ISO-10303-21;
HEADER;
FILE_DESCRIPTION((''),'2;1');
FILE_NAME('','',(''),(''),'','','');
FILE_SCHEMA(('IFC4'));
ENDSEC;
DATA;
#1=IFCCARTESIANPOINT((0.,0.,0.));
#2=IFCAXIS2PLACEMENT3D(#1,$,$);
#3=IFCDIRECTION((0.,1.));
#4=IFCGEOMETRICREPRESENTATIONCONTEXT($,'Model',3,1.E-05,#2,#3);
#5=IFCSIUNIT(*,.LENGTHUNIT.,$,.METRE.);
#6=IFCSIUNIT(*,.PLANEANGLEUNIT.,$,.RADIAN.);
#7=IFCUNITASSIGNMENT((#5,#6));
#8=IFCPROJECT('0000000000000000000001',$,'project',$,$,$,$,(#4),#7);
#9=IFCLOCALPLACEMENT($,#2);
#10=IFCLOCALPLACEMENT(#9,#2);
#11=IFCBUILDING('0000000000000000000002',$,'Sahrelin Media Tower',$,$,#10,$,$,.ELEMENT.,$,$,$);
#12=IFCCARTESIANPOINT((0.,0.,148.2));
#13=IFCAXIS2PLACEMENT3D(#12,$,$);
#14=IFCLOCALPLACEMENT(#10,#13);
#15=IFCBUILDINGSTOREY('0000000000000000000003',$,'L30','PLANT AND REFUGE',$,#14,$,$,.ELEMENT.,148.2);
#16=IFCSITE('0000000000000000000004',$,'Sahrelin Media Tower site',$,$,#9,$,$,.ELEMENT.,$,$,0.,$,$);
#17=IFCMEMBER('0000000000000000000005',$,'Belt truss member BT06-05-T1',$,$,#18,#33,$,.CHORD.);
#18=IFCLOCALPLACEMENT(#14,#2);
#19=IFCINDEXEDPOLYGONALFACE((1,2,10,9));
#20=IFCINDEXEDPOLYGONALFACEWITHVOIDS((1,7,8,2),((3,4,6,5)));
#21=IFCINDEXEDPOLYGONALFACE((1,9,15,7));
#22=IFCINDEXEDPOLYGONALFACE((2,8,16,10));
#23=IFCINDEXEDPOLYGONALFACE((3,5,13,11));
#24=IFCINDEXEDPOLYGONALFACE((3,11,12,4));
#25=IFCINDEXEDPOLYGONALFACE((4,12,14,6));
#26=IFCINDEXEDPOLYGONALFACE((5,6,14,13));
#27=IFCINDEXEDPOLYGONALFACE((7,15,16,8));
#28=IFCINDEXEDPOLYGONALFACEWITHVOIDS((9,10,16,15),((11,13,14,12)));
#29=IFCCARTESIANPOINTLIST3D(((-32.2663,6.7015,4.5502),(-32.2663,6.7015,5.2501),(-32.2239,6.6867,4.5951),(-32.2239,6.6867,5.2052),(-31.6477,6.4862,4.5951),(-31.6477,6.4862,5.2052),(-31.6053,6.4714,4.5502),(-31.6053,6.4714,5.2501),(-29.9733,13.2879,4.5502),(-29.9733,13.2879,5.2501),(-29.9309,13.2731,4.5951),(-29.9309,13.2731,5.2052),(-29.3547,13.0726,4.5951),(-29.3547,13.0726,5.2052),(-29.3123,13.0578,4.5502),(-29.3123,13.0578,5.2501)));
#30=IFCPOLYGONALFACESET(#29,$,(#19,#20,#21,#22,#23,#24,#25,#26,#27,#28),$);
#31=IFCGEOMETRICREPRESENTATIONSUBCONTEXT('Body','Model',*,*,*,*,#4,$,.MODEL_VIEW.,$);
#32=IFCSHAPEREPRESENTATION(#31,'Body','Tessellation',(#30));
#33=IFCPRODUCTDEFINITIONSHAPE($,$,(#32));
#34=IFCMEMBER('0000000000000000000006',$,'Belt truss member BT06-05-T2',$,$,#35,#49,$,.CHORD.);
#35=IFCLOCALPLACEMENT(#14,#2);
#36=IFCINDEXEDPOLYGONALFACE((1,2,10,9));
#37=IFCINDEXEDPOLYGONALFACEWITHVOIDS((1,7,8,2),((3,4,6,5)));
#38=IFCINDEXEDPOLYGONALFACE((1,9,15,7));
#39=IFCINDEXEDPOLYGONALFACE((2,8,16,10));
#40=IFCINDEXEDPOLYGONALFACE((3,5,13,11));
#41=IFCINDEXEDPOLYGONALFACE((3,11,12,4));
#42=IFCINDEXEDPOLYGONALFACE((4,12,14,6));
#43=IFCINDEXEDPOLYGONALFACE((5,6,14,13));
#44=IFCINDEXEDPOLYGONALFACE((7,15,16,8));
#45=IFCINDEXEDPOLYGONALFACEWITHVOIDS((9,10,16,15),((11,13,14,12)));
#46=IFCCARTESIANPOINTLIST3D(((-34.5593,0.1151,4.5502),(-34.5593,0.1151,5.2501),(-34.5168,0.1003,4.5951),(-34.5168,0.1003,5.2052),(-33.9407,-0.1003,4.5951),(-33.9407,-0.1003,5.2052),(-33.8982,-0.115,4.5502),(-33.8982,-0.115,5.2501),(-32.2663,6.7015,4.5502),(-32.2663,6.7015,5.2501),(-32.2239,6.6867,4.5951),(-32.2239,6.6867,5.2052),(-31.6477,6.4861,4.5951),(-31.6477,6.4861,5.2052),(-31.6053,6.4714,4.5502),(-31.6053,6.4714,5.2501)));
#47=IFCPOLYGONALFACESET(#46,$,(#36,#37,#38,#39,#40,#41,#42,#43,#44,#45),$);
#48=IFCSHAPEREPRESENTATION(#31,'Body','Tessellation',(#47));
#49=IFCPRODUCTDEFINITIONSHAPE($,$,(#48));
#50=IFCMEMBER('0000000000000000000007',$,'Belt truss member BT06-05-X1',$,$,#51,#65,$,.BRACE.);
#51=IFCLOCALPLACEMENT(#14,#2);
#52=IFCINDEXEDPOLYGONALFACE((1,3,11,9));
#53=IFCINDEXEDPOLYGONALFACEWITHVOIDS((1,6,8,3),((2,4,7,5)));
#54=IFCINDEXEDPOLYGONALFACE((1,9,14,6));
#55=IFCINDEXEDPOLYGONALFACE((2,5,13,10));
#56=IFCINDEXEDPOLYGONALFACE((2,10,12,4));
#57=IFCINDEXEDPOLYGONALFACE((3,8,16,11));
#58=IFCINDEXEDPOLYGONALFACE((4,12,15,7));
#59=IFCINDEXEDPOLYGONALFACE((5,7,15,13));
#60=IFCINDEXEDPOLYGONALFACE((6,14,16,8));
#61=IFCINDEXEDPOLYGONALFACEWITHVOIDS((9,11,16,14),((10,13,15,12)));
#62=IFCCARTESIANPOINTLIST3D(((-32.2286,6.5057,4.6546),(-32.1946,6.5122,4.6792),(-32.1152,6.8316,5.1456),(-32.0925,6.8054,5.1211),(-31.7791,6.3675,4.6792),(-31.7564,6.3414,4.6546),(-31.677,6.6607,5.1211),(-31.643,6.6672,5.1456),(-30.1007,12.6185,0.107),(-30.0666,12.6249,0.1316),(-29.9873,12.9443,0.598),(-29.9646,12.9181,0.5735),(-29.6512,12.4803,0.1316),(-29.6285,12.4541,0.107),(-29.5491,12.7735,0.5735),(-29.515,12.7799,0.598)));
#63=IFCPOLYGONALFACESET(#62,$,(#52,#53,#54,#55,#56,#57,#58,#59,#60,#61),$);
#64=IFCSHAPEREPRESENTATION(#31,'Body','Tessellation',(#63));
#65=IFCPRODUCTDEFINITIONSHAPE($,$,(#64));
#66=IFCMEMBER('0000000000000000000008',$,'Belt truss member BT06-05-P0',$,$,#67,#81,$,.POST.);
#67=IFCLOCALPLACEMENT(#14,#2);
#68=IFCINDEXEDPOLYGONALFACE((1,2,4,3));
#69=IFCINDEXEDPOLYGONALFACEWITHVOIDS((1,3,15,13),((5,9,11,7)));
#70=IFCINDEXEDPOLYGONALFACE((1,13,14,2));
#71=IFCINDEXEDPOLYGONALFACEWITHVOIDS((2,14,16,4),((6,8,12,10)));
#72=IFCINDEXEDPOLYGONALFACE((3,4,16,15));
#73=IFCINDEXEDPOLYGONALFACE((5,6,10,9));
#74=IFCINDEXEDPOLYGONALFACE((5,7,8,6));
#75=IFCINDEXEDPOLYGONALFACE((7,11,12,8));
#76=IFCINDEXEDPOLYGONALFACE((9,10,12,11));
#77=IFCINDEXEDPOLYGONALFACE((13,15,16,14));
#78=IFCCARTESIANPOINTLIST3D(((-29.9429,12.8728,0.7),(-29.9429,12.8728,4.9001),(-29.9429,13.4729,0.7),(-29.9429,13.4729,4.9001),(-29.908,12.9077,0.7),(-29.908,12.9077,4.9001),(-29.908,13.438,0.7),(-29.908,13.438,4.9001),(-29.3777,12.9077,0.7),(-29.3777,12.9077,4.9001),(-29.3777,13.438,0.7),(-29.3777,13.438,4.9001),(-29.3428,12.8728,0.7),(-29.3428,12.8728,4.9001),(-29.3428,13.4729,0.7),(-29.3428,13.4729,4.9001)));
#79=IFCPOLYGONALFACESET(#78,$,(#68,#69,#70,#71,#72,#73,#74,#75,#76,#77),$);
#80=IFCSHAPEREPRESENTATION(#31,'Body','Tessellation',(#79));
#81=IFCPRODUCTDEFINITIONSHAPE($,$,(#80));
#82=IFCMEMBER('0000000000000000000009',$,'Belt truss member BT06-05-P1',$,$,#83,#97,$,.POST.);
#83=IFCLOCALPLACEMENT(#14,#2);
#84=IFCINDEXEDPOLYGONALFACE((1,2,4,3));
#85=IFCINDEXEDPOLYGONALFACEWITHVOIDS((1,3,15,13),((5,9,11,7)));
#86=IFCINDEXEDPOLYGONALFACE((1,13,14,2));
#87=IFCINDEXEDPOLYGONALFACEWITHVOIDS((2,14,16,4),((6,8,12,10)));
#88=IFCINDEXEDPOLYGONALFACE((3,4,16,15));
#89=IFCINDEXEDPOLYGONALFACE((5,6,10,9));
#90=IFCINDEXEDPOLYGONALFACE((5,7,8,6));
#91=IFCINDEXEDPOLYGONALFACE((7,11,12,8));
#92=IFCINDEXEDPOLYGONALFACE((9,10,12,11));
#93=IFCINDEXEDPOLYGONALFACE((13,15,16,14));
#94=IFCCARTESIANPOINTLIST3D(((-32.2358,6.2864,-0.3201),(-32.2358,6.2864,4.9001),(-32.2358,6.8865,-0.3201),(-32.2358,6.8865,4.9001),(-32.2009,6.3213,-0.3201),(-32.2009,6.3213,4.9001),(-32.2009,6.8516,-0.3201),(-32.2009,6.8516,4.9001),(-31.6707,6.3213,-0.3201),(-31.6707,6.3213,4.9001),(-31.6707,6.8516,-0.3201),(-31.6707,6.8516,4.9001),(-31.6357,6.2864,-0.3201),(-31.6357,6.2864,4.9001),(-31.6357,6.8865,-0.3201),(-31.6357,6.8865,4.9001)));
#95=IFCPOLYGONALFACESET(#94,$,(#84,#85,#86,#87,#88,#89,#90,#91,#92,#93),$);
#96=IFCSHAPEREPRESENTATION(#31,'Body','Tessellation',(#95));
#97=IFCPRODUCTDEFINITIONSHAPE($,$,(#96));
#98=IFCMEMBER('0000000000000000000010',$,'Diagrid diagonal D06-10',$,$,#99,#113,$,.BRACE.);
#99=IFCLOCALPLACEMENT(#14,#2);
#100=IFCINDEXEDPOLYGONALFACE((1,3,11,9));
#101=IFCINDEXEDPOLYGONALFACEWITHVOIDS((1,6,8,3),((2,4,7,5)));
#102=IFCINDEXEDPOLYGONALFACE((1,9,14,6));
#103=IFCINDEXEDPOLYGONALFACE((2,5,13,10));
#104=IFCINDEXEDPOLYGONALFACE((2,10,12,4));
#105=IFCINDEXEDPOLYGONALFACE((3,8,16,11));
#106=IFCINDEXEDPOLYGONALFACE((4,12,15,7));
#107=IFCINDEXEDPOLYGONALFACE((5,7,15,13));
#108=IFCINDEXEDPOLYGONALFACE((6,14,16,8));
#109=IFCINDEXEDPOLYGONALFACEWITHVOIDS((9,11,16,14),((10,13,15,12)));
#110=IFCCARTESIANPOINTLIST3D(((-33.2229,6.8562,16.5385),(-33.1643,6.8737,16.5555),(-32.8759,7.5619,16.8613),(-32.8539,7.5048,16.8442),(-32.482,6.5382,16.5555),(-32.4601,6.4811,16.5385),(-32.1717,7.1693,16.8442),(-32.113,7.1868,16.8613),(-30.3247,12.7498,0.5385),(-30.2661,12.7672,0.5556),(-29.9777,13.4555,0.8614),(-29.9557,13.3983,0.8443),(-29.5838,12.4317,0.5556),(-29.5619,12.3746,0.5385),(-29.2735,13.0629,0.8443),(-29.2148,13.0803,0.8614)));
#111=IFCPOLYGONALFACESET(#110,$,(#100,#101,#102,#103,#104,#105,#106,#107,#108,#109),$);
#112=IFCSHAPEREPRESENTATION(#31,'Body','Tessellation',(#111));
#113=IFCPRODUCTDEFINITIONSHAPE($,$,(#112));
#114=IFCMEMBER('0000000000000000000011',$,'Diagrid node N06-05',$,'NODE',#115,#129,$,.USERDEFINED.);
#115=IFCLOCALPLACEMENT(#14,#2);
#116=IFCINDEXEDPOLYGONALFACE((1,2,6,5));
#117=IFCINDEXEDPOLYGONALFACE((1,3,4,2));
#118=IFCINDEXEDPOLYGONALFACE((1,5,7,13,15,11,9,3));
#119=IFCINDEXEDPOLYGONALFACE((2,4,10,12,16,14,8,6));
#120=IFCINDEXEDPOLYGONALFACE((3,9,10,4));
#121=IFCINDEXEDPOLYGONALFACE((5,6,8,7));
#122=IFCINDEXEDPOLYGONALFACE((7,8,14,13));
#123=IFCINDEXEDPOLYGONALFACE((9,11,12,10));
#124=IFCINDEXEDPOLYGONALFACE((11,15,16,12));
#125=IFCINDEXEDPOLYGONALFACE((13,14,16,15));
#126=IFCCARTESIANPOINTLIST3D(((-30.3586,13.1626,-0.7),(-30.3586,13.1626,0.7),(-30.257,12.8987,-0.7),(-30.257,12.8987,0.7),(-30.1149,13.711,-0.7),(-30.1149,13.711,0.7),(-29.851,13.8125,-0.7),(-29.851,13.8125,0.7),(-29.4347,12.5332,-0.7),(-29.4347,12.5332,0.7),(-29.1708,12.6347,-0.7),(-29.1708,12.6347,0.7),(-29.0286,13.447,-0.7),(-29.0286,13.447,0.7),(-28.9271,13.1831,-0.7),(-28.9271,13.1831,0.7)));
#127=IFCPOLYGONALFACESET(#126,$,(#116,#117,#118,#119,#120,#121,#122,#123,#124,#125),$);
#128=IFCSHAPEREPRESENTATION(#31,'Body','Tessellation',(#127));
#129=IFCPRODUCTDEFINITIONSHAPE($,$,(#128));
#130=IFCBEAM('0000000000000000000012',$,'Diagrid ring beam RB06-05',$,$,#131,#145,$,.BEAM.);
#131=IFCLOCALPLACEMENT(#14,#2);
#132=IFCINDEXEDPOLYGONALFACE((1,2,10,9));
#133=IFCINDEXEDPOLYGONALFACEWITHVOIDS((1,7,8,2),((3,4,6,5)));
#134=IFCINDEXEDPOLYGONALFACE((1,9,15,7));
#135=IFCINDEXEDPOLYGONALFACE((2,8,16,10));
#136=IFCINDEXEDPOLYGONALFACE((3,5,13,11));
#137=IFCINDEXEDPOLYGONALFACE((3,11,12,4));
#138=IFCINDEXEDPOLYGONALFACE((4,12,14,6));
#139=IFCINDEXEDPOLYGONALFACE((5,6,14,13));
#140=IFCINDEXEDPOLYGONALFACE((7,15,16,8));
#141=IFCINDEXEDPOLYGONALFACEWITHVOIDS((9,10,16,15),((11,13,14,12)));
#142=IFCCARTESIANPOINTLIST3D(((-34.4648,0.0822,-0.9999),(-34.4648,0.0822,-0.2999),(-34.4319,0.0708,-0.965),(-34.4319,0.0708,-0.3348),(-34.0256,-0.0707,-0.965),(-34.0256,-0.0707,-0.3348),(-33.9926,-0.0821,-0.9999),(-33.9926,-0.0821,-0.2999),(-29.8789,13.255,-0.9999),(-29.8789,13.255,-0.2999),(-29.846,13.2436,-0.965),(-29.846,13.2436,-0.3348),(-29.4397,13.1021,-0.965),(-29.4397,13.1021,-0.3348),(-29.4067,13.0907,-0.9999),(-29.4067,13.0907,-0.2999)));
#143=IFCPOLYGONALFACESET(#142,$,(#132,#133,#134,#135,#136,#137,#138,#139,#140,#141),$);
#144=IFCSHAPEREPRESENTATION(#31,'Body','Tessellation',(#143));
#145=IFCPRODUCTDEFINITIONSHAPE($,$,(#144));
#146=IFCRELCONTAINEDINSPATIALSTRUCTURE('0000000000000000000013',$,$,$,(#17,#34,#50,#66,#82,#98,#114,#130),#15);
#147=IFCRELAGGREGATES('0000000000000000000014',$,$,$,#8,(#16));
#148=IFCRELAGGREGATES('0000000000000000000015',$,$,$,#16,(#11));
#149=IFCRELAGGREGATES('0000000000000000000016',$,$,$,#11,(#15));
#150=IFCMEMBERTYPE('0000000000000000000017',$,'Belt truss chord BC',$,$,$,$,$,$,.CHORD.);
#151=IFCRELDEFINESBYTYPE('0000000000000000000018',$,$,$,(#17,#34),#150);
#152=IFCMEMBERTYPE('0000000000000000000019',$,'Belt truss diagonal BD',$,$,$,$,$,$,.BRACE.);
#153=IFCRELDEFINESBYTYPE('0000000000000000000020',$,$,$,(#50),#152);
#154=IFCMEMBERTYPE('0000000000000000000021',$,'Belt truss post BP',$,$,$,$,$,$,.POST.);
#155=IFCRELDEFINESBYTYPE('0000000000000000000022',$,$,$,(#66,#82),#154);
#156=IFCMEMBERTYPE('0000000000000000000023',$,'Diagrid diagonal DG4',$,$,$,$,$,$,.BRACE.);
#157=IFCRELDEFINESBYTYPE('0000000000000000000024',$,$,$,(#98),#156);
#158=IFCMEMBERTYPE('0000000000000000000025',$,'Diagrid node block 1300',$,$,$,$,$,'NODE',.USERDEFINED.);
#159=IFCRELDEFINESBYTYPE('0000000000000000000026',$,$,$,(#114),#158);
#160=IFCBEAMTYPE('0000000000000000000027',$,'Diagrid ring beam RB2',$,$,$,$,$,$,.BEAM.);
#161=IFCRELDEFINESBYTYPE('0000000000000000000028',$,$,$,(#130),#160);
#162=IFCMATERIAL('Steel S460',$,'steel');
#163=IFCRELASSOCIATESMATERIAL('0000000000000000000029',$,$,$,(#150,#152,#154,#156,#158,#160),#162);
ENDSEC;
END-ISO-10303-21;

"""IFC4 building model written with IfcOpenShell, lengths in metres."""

from ifc_helpers import new_model, si_unit, direction, frame, origin, origin_2d, place, context, subcontext, project, spatial, polyline, hollow_rectangle, outline, extrude, material, material_profile, profile_set, type_object, element, save


model = new_model("IFC4")

# Units and contexts
model_context = context("Model", 3, precision=1e-05, world=origin(), true_north=direction((0.0, 1.0)))
body_context = subcontext(model_context, "Body", "Model", "MODEL_VIEW")
ifc_project = project(units=[si_unit("LENGTHUNIT", "METRE"), si_unit("PLANEANGLEUNIT", "RADIAN")], contexts=[model_context])

# Site, building, storey
site_placement = place(None, origin())
site = spatial("IfcSite", under=ifc_project, at=site_placement, Name="Sahrelin Media Tower site", CompositionType="ELEMENT", RefElevation=0.0)
building_placement = place(site_placement, origin())
building = spatial("IfcBuilding", under=site, at=building_placement, Name="Sahrelin Media Tower", CompositionType="ELEMENT")
storey_placement = place(building_placement, frame((0.0, 0.0, 148.2)))
storey = spatial("IfcBuildingStorey", under=building, at=storey_placement, Name="L30", Description="PLANT AND REFUGE", CompositionType="ELEMENT", Elevation=148.2)

# Members
ifc_material_1 = material(Name="Steel S460", Category="steel")
ifc_material_profile_1 = material_profile(ifc_material_1, hollow_rectangle(XDim=0.7, YDim=0.7, WallThickness=0.0449, at=origin_2d()), Name="Belt truss chord BC")
ifc_profile_set_1 = profile_set([ifc_material_profile_1], Name="Steel S460")
member_type_1 = type_object("IfcMemberType", Name="Belt truss chord BC", PredefinedType="CHORD", material=ifc_profile_set_1)
for number, where, z_axis, x_axis, name in (
    (1, (-29.6428, 13.1729, 4.9001), (-0.328781, -0.944406, 0.0), (0.944406, -0.328781, 0.0), "Belt truss member BT06-05-T1"),
    (2, (-31.9358, 6.5864, 4.9001), (-0.328781, -0.944406, 0.0), (0.944406, -0.328781, 0.0), "Belt truss member BT06-05-T2"),
):
    element("IfcMember", number, at=place(storey_placement, frame(where, z_axis=z_axis, x_axis=x_axis)), inside=storey, type_object=member_type_1, Name=name, PredefinedType="CHORD", context=body_context, shape_type="SweptSolid", body=[
        extrude(hollow_rectangle(XDim=0.7, YDim=0.7, WallThickness=0.0449, at=origin_2d()), origin(), (0.0, 0.0, 1.0), 6.9741),
    ])
ifc_material_profile_2 = material_profile(ifc_material_1, hollow_rectangle(XDim=0.5, YDim=0.6001, WallThickness=0.03, at=origin_2d()), Name="Belt truss diagonal BD")
ifc_profile_set_2 = profile_set([ifc_material_profile_2], Name="Steel S460")
member_type_2 = type_object("IfcMemberType", Name="Belt truss diagonal BD", PredefinedType="BRACE", material=ifc_profile_set_2)
member_1_placement = place(storey_placement, frame((-29.8079, 12.6992, 0.3525), z_axis=(-0.269003, -0.77275, 0.574887), x_axis=(0.944413, -0.328761, 0.0)))
element("IfcMember", 3, at=member_1_placement, inside=storey, type_object=member_type_2, Name="Belt truss member BT06-05-X1", PredefinedType="BRACE", context=body_context, shape_type="SweptSolid", body=[
    extrude(hollow_rectangle(XDim=0.5, YDim=0.6001, WallThickness=0.03, at=origin_2d()), origin(), (0.0, 0.0, 1.0), 7.9104),
])
ifc_material_profile_3 = material_profile(ifc_material_1, hollow_rectangle(XDim=0.6001, YDim=0.6001, WallThickness=0.0349, at=origin_2d()), Name="Belt truss post BP")
ifc_profile_set_3 = profile_set([ifc_material_profile_3], Name="Steel S460")
member_type_3 = type_object("IfcMemberType", Name="Belt truss post BP", PredefinedType="POST", material=ifc_profile_set_3)
member_2_placement = place(storey_placement, frame((-29.6428, 13.1729, 0.7), z_axis=(0.0, 0.0, 1.0), x_axis=(1.0, 0.0, 0.0)))
element("IfcMember", 4, at=member_2_placement, inside=storey, type_object=member_type_3, Name="Belt truss member BT06-05-P0", PredefinedType="POST", context=body_context, shape_type="SweptSolid", body=[
    extrude(hollow_rectangle(XDim=0.6001, YDim=0.6001, WallThickness=0.0349, at=origin_2d()), origin(), (0.0, 0.0, 1.0), 4.2002),
])
member_3_placement = place(storey_placement, frame((-31.9358, 6.5864, -0.3201), z_axis=(0.0, 0.0, 1.0), x_axis=(1.0, 0.0, 0.0)))
element("IfcMember", 5, at=member_3_placement, inside=storey, type_object=member_type_3, Name="Belt truss member BT06-05-P1", PredefinedType="POST", context=body_context, shape_type="SweptSolid", body=[
    extrude(hollow_rectangle(XDim=0.6001, YDim=0.6001, WallThickness=0.0349, at=origin_2d()), origin(), (0.0, 0.0, 1.0), 5.2202),
])
ifc_material_profile_4 = material_profile(ifc_material_1, hollow_rectangle(XDim=0.8501, YDim=0.8501, WallThickness=0.0449, at=origin_2d()), Name="Diagrid diagonal DG4")
ifc_profile_set_4 = profile_set([ifc_material_profile_4], Name="Steel S460")
member_type_4 = type_object("IfcMemberType", Name="Diagrid diagonal DG4", PredefinedType="BRACE", material=ifc_profile_set_4)
member_4_placement = place(storey_placement, frame((-29.7698, 12.915, 0.7), z_axis=(-0.167569, -0.340757, 0.925097), x_axis=(0.897367, -0.441286, 0.0)))
element("IfcMember", 6, at=member_4_placement, inside=storey, type_object=member_type_4, Name="Diagrid diagonal D06-10", PredefinedType="BRACE", context=body_context, shape_type="SweptSolid", body=[
    extrude(hollow_rectangle(XDim=0.8501, YDim=0.8501, WallThickness=0.0449, at=origin_2d()), origin(), (0.0, 0.0, 1.0), 17.2954),
])
ifc_material_profile_5 = material_profile(ifc_material_1, outline(polyline([(0.45, -0.5), (0.6499, -0.3), (0.6499, 0.3), (0.45, 0.5), (-0.45, 0.5), (-0.6499, 0.3), (-0.6499, -0.3), (-0.45, -0.5), (0.45, -0.5)])), Name="Diagrid node block 1300")
ifc_profile_set_5 = profile_set([ifc_material_profile_5], Name="Steel S460")
member_type_5 = type_object("IfcMemberType", Name="Diagrid node block 1300", ElementType="NODE", PredefinedType="USERDEFINED", material=ifc_profile_set_5)
member_5_placement = place(storey_placement, frame((-29.6428, 13.1729, -0.7), z_axis=(0.0, 0.0, 1.0), x_axis=(-0.913831, 0.406094, 0.0)))
element("IfcMember", 7, at=member_5_placement, inside=storey, type_object=member_type_5, Name="Diagrid node N06-05", ObjectType="NODE", PredefinedType="USERDEFINED", context=body_context, shape_type="SweptSolid", body=[
    extrude(outline(polyline([(0.45, -0.5), (0.6499, -0.3), (0.6499, 0.3), (0.45, 0.5), (-0.45, 0.5), (-0.6499, 0.3), (-0.6499, -0.3), (-0.45, -0.5), (0.45, -0.5)])), origin(), (0.0, 0.0, 1.0), 1.3999),
])

# Beam
ifc_material_profile_6 = material_profile(ifc_material_1, hollow_rectangle(XDim=0.5, YDim=0.7, WallThickness=0.0349, at=origin_2d()), Name="Diagrid ring beam RB2")
ifc_profile_set_6 = profile_set([ifc_material_profile_6], Name="Steel S460")
beam_type_1 = type_object("IfcBeamType", Name="Diagrid ring beam RB2", PredefinedType="BEAM", material=ifc_profile_set_6)
beam_1_placement = place(storey_placement, frame((-29.6428, 13.1729, -0.6499), z_axis=(-0.328781, -0.944406, 0.0), x_axis=(0.944406, -0.328781, 0.0)))
element("IfcBeam", 8, at=beam_1_placement, inside=storey, type_object=beam_type_1, Name="Diagrid ring beam RB06-05", PredefinedType="BEAM", context=body_context, shape_type="SweptSolid", body=[
    extrude(hollow_rectangle(XDim=0.5, YDim=0.7, WallThickness=0.0349, at=origin_2d()), origin(), (0.0, 0.0, 1.0), 13.9482),
])

save(model, "model.ifc")
